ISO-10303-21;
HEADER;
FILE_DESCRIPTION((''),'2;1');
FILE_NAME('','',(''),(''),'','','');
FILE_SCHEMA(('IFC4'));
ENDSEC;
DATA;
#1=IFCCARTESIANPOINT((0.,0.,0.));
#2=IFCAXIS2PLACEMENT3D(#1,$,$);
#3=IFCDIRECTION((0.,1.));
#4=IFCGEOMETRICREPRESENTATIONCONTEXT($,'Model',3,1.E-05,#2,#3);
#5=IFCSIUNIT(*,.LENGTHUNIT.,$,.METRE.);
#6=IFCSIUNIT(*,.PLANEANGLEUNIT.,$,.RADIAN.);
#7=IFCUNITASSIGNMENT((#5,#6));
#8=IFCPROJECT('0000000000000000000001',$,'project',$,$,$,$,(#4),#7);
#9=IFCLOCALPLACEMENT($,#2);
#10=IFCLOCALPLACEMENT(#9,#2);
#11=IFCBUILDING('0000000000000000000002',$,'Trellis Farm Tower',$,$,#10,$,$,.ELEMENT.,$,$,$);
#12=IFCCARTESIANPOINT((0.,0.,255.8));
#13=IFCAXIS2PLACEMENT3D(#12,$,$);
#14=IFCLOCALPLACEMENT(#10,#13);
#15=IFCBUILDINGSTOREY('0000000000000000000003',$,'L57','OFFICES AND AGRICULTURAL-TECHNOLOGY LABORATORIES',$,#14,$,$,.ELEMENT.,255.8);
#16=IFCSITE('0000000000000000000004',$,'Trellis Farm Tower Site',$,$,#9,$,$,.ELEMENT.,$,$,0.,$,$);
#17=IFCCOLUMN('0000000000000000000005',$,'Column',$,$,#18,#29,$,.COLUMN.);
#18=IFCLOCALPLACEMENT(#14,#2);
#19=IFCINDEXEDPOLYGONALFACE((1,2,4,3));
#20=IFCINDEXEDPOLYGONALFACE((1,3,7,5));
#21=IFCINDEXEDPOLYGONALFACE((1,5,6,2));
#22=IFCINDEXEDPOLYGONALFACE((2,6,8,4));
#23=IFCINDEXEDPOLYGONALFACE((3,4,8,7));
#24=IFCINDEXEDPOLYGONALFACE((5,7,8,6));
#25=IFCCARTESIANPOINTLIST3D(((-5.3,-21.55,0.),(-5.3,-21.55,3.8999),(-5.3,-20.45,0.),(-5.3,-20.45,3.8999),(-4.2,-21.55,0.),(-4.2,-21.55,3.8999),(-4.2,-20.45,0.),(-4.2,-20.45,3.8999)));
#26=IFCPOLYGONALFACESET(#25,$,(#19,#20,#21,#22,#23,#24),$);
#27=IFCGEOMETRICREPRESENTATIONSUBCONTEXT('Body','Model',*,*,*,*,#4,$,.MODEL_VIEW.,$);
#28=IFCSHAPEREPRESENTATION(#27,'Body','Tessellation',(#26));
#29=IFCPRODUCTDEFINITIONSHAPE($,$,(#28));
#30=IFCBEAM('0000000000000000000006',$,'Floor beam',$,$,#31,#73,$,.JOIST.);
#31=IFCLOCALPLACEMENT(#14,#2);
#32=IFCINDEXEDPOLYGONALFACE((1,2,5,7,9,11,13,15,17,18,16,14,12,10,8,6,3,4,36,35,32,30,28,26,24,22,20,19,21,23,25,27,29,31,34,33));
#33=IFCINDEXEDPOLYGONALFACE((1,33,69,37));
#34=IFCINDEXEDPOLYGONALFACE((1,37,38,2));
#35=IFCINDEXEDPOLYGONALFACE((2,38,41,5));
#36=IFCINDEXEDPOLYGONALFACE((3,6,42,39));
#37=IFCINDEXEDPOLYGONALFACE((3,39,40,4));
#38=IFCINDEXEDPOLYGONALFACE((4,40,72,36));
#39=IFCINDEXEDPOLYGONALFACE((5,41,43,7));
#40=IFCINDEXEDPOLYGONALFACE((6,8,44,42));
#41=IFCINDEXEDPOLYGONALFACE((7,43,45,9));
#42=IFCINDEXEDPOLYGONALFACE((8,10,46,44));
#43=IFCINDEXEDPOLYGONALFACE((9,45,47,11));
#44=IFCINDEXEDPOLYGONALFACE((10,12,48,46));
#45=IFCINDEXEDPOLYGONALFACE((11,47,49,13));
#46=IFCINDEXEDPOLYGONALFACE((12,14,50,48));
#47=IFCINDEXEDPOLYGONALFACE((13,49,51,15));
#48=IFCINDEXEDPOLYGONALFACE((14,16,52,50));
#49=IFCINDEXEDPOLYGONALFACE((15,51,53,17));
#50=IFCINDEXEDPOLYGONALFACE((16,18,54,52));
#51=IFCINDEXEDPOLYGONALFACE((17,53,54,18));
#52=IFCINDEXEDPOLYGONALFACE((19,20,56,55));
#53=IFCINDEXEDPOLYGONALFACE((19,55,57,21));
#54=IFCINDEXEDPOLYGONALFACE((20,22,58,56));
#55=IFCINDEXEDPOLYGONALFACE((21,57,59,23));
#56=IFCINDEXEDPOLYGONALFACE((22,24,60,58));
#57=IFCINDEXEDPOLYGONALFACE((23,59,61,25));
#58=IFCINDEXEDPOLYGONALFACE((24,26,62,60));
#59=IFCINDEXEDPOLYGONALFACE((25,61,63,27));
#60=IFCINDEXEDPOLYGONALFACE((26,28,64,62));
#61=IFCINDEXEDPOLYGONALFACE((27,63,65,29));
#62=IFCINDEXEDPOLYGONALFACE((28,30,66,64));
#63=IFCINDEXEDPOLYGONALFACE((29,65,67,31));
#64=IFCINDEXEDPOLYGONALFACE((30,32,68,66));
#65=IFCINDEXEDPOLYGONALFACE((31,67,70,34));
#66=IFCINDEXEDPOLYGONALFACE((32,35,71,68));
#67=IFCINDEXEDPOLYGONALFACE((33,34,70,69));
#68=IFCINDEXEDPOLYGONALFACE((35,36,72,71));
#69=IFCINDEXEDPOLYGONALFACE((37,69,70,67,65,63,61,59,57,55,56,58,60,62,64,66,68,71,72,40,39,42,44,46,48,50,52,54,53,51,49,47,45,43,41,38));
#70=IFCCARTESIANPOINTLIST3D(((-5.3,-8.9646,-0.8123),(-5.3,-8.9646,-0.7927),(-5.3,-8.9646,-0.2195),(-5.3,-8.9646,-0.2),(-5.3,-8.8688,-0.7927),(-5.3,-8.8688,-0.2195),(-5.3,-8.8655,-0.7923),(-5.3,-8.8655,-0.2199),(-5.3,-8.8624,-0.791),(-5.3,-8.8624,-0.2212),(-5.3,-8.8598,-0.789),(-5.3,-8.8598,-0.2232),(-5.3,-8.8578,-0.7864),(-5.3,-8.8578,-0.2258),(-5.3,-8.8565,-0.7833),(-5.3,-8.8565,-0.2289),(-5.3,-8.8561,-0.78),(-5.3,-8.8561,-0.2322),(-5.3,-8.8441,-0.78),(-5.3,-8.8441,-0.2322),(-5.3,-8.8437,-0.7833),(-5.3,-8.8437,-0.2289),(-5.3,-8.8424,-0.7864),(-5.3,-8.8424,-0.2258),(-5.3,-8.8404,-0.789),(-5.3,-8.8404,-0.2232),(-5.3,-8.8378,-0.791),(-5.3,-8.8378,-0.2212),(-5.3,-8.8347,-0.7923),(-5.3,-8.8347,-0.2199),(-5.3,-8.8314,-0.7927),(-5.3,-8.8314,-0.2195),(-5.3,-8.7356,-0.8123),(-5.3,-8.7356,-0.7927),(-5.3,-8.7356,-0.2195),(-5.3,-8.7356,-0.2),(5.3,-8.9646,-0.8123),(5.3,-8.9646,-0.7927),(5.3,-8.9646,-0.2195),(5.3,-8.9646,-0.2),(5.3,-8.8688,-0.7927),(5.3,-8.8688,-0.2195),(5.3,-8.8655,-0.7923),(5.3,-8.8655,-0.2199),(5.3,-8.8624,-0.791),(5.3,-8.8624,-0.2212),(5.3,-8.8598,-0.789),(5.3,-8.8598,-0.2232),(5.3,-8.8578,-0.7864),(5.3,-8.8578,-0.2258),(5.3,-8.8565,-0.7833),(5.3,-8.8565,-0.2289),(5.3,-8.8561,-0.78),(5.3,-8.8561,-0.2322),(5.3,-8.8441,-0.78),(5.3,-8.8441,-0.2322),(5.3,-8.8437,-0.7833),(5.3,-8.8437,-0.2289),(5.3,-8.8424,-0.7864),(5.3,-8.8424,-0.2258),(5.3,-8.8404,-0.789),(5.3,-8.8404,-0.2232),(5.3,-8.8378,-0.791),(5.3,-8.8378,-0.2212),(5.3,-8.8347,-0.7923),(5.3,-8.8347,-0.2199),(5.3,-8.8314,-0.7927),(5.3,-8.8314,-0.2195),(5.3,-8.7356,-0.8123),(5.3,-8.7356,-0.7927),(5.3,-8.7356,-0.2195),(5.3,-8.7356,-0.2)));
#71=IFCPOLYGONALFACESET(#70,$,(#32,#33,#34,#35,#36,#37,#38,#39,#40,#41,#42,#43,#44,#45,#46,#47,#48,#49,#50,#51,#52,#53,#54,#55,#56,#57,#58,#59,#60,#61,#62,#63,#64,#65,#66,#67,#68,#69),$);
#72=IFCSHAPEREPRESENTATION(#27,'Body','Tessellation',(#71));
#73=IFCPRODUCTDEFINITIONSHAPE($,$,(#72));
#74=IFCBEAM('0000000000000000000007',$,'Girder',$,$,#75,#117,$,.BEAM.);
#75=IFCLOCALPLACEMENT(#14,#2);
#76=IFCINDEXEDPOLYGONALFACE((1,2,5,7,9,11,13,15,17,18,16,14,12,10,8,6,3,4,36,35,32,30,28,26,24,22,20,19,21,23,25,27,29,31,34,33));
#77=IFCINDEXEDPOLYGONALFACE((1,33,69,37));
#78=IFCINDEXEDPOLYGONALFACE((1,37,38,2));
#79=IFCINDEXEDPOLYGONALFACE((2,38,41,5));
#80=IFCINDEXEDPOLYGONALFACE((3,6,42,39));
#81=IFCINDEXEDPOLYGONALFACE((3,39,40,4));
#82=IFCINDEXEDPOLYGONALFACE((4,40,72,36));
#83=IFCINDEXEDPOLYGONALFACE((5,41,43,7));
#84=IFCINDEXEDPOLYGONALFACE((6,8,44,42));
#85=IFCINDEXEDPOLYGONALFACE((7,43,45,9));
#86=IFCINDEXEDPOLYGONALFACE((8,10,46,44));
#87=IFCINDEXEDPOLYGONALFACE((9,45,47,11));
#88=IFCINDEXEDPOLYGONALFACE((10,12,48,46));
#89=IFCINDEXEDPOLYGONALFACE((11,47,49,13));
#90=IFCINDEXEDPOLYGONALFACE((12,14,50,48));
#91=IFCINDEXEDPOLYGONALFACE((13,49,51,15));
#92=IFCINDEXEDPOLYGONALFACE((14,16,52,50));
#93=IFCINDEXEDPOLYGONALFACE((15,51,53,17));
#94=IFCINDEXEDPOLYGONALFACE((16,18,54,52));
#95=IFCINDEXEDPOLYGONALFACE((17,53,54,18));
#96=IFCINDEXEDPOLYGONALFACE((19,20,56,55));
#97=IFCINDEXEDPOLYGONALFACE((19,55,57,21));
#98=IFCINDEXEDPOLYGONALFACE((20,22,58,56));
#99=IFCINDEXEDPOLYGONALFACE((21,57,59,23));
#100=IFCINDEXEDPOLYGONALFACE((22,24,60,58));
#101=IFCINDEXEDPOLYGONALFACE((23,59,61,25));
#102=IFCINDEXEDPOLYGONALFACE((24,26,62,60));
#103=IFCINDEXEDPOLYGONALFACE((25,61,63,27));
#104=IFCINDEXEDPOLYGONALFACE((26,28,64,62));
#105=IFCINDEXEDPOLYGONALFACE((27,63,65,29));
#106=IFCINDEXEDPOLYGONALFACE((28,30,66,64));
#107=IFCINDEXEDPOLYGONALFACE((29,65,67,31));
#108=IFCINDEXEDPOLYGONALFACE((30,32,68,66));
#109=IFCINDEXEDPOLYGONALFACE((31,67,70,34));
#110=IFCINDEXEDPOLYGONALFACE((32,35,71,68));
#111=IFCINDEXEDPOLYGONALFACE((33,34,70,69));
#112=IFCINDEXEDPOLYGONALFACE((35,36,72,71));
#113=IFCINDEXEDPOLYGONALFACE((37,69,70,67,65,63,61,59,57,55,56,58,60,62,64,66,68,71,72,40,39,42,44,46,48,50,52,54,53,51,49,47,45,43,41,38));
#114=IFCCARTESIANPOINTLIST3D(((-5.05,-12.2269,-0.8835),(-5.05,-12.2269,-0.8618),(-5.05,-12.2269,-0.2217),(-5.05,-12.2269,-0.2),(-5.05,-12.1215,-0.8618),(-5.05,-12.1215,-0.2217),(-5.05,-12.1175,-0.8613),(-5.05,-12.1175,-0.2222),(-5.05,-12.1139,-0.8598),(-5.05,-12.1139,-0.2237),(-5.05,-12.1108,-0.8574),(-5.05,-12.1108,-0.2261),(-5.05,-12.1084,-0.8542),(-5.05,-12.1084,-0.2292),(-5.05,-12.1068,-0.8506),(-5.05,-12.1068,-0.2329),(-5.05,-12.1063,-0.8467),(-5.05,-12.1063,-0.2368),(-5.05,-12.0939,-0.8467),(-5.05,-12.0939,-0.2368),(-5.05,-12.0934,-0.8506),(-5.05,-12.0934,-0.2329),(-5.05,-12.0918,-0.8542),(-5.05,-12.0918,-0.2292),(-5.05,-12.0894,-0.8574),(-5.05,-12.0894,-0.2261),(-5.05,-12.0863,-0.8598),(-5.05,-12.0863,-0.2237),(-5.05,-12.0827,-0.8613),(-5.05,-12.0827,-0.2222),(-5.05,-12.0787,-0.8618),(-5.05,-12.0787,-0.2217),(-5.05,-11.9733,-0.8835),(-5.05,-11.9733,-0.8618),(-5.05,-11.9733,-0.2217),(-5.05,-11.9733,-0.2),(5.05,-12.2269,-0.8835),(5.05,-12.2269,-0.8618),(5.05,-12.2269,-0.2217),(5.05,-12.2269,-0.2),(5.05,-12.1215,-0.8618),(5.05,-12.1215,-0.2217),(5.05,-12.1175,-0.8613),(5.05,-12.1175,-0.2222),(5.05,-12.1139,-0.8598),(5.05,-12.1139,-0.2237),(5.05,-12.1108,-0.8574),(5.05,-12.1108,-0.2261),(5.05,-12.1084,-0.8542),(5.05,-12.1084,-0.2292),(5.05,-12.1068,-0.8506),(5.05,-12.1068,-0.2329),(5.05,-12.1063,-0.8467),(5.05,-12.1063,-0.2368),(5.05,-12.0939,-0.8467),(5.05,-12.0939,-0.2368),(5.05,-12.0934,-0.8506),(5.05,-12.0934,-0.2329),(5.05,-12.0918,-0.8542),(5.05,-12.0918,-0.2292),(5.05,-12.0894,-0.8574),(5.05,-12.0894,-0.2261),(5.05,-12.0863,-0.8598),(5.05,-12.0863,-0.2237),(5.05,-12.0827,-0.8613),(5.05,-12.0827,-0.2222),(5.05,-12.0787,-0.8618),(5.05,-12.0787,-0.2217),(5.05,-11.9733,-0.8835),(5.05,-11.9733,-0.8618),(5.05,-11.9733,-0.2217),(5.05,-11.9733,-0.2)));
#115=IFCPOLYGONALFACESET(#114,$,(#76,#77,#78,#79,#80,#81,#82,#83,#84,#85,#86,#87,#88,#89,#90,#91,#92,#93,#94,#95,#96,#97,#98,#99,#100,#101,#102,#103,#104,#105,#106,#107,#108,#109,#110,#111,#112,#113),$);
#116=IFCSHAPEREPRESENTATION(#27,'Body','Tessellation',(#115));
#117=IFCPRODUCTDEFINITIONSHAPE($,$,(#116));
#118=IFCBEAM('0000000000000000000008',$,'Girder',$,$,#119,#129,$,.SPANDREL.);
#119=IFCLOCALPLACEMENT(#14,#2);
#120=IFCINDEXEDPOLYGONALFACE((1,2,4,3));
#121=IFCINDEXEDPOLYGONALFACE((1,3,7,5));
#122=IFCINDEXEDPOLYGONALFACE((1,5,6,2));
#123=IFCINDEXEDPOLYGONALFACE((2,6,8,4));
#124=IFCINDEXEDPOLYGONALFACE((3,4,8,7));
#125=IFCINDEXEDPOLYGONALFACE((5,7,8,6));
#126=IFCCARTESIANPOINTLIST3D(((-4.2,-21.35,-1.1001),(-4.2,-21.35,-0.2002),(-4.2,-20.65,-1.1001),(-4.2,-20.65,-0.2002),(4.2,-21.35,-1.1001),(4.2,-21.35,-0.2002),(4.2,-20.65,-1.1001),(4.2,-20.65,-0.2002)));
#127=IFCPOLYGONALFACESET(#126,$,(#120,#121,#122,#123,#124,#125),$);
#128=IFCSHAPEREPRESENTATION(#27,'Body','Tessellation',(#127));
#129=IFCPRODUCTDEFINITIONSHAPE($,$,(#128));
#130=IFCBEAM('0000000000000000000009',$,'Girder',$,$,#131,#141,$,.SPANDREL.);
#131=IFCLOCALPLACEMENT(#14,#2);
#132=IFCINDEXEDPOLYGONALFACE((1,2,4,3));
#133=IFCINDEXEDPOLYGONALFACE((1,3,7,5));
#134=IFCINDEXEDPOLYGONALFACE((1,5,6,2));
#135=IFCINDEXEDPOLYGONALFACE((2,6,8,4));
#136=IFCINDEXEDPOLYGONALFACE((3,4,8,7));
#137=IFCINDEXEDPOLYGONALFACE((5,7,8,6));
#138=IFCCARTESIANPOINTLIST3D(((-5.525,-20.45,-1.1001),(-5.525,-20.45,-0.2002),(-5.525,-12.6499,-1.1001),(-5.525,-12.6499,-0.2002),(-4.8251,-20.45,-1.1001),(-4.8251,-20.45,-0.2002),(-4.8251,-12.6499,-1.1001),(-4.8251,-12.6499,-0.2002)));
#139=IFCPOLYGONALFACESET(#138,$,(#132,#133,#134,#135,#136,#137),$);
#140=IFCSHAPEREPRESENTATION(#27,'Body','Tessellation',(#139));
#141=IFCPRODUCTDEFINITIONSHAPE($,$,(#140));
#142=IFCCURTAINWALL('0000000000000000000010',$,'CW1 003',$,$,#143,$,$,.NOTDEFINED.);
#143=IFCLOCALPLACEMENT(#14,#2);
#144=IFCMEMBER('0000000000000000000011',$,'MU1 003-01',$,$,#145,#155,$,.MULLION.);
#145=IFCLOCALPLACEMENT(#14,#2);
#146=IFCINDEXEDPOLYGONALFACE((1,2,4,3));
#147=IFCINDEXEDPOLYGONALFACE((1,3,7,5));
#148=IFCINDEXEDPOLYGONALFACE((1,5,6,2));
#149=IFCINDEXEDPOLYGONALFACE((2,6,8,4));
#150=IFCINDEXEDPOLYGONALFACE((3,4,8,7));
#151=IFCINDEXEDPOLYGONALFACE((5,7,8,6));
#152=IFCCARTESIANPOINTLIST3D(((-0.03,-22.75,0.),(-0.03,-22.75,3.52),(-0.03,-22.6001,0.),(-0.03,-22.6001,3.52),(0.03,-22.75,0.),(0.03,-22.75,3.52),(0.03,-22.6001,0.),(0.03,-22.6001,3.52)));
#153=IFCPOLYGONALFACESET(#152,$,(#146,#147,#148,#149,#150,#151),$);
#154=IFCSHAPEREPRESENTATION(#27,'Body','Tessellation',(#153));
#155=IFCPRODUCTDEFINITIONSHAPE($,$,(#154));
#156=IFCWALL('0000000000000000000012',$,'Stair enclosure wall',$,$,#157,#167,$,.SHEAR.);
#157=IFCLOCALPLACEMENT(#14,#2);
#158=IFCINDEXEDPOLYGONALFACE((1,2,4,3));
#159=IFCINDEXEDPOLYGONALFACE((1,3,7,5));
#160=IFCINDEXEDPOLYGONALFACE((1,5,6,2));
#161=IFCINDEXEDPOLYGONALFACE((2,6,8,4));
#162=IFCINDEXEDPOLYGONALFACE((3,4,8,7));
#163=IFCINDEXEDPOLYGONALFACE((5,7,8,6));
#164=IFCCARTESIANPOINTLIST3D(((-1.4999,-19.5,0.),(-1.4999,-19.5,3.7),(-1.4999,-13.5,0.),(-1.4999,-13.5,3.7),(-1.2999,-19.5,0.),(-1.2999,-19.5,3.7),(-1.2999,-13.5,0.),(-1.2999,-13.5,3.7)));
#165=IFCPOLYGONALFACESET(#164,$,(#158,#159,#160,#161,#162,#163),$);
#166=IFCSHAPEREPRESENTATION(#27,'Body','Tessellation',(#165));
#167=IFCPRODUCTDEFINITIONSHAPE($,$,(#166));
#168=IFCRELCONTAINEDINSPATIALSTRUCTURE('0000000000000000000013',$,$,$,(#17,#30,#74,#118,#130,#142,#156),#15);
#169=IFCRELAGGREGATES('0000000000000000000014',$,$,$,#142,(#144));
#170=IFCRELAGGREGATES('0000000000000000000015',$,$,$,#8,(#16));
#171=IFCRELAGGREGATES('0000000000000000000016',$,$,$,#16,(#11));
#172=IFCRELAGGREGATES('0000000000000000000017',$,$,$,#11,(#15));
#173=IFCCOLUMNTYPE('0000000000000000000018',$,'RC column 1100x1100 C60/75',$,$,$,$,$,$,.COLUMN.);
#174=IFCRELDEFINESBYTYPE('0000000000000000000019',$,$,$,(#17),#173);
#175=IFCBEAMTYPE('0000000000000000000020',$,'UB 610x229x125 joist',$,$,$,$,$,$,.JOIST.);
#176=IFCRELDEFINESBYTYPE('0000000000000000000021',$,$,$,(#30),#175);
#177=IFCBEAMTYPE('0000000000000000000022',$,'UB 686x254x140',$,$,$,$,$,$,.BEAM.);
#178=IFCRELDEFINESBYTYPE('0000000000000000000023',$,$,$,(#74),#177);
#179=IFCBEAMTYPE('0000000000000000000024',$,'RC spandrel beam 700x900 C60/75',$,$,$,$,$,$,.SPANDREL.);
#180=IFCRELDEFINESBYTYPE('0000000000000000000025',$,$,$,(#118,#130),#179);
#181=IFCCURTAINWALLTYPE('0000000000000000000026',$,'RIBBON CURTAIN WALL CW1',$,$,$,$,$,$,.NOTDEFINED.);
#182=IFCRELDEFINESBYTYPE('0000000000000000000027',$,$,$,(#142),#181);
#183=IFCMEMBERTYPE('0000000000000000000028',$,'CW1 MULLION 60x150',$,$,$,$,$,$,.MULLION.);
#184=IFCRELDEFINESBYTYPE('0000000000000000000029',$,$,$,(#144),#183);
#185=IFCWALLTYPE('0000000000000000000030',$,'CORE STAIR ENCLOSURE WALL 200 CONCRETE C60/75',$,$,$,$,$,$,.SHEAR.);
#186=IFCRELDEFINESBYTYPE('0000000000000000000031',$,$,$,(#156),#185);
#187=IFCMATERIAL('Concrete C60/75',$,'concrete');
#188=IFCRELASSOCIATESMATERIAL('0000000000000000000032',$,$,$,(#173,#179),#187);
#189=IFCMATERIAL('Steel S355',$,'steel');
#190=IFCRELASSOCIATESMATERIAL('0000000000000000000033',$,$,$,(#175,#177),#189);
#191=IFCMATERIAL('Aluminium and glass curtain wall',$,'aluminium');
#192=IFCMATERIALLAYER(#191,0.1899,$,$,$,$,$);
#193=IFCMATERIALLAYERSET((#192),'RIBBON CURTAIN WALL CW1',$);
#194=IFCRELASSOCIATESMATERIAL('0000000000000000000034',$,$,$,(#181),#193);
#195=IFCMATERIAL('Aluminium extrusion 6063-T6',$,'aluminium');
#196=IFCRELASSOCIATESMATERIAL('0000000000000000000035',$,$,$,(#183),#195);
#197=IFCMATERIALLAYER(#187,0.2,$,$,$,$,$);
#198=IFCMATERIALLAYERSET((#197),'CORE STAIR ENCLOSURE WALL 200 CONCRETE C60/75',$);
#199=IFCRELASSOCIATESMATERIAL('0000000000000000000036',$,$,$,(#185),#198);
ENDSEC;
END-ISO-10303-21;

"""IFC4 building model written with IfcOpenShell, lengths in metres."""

from ifc_helpers import new_model, si_unit, direction, frame, frame_2d, origin, origin_2d, place, context, subcontext, project, spatial, rectangle, i_section, extrude, source, transform, mapped, material, layer, layer_set, material_profile, profile_set, type_object, element, aggregate, save


model = new_model("IFC4")

# Units and contexts
model_context = context("Model", 3, precision=1e-05, world=origin(), true_north=direction((0.0, 1.0)))
body_context = subcontext(model_context, "Body", "Model", "MODEL_VIEW")
ifc_project = project(units=[si_unit("LENGTHUNIT", "METRE"), si_unit("PLANEANGLEUNIT", "RADIAN")], contexts=[model_context])

# Site, building, storey
site_placement = place(None, origin())
site = spatial("IfcSite", under=ifc_project, at=site_placement, Name="Trellis Farm Tower Site", CompositionType="ELEMENT", RefElevation=0.0)
building_placement = place(site_placement, origin())
building = spatial("IfcBuilding", under=site, at=building_placement, Name="Trellis Farm Tower", CompositionType="ELEMENT")
storey_placement = place(building_placement, frame((0.0, 0.0, 255.8)))
storey = spatial("IfcBuildingStorey", under=building, at=storey_placement, Name="L57", Description="OFFICES AND AGRICULTURAL-TECHNOLOGY LABORATORIES", CompositionType="ELEMENT", Elevation=255.8)

# Column
ifc_material_1 = material(Name="Concrete C60/75", Category="concrete")
ifc_material_profile_1 = material_profile(ifc_material_1, rectangle(XDim=1.1001, YDim=1.1001, at=origin_2d()), Name="RC column 1100x1100 C60/75")
ifc_profile_set_1 = profile_set([ifc_material_profile_1], Name="Concrete C60/75")
column_type = type_object("IfcColumnType", Name="RC column 1100x1100 C60/75", PredefinedType="COLUMN", material=ifc_profile_set_1)
shared_shape_1 = source(origin(), body_context, "Body", "SweptSolid", [
    extrude(rectangle(XDim=1.1001, YDim=1.1001, at=origin_2d()), origin(), (0.0, 0.0, 1.0), 3.8999),
])
column_placement = place(storey_placement, frame((-4.75, -21.0, 0.0), z_axis=(0.0, 0.0, 1.0), x_axis=(1.0, 0.0, 0.0)))
element("IfcColumn", 1, at=column_placement, inside=storey, type_object=column_type, Name="Column", PredefinedType="COLUMN", context=body_context, shape_type="MappedRepresentation", body=[
    mapped(shared_shape_1, transform((0.0, 0.0, 0.0))),
])

# Beams
ifc_material_2 = material(Name="Steel S355", Category="steel")
ifc_material_profile_2 = material_profile(ifc_material_2, i_section(OverallWidth=0.229, OverallDepth=0.6123, WebThickness=0.012, FlangeThickness=0.0195, FilletRadius=0.0127, at=origin_2d()), Name="UB 610x229x125")
ifc_profile_set_2 = profile_set([ifc_material_profile_2], Name="Steel S355")
beam_type_1 = type_object("IfcBeamType", Name="UB 610x229x125 joist", PredefinedType="JOIST", material=ifc_profile_set_2)
shared_shape_2 = source(origin(), body_context, "Body", "SweptSolid", [
    extrude(i_section(OverallWidth=0.229, OverallDepth=0.6123, WebThickness=0.012, FlangeThickness=0.0195, FilletRadius=0.0127, at=origin_2d()), origin(), (0.0, 0.0, 1.0), 10.6001),
])
beam_1_placement = place(storey_placement, frame((-5.3, -8.8501, -0.5061), z_axis=(1.0, 0.0, 0.0), x_axis=(0.0, 1.0, 0.0)))
element("IfcBeam", 2, at=beam_1_placement, inside=storey, type_object=beam_type_1, Name="Floor beam", PredefinedType="JOIST", context=body_context, shape_type="MappedRepresentation", body=[
    mapped(shared_shape_2, transform((0.0, 0.0, 0.0))),
])
ifc_material_profile_3 = material_profile(ifc_material_2, i_section(OverallWidth=0.2537, OverallDepth=0.6836, WebThickness=0.0125, FlangeThickness=0.0217, FilletRadius=0.0151, at=origin_2d()), Name="UB 686x254x140")
ifc_profile_set_3 = profile_set([ifc_material_profile_3], Name="Steel S355")
beam_type_2 = type_object("IfcBeamType", Name="UB 686x254x140", PredefinedType="BEAM", material=ifc_profile_set_3)
shared_shape_3 = source(origin(), body_context, "Body", "SweptSolid", [
    extrude(i_section(OverallWidth=0.2537, OverallDepth=0.6836, WebThickness=0.0125, FlangeThickness=0.0217, FilletRadius=0.0151, at=origin_2d()), origin(), (0.0, 0.0, 1.0), 10.1001),
])
beam_2_placement = place(storey_placement, frame((-5.05, -12.1001, -0.5417), z_axis=(1.0, 0.0, 0.0), x_axis=(0.0, 1.0, 0.0)))
element("IfcBeam", 3, at=beam_2_placement, inside=storey, type_object=beam_type_2, Name="Girder", PredefinedType="BEAM", context=body_context, shape_type="MappedRepresentation", body=[
    mapped(shared_shape_3, transform((0.0, 0.0, 0.0))),
])
ifc_material_profile_4 = material_profile(ifc_material_1, rectangle(XDim=0.7, YDim=0.8999, at=origin_2d()), Name="RC spandrel beam 700x900 C60/75")
ifc_profile_set_4 = profile_set([ifc_material_profile_4], Name="Concrete C60/75")
beam_type_3 = type_object("IfcBeamType", Name="RC spandrel beam 700x900 C60/75", PredefinedType="SPANDREL", material=ifc_profile_set_4)
shared_shape_4 = source(origin(), body_context, "Body", "SweptSolid", [
    extrude(rectangle(XDim=0.7, YDim=0.8999, at=origin_2d()), origin(), (0.0, 0.0, 1.0), 8.3999),
])
beam_3_placement = place(storey_placement, frame((-4.2, -21.0, -0.6501), z_axis=(1.0, 0.0, 0.0), x_axis=(0.0, 1.0, 0.0)))
element("IfcBeam", 4, at=beam_3_placement, inside=storey, type_object=beam_type_3, Name="Girder", PredefinedType="SPANDREL", context=body_context, shape_type="MappedRepresentation", body=[
    mapped(shared_shape_4, transform((0.0, 0.0, 0.0))),
])
shared_shape_5 = source(origin(), body_context, "Body", "SweptSolid", [
    extrude(rectangle(XDim=0.7, YDim=0.8999, at=origin_2d()), origin(), (0.0, 0.0, 1.0), 7.8),
])
beam_4_placement = place(storey_placement, frame((-5.175, -20.45, -0.6501), z_axis=(0.0, 1.0, 0.0), x_axis=(-1.0, 0.0, 0.0)))
element("IfcBeam", 5, at=beam_4_placement, inside=storey, type_object=beam_type_3, Name="Girder", PredefinedType="SPANDREL", context=body_context, shape_type="MappedRepresentation", body=[
    mapped(shared_shape_5, transform((0.0, 0.0, 0.0))),
])

# Curtain wall, member
ifc_material_3 = material(Name="Aluminium and glass curtain wall", Category="aluminium")
ifc_layer_1 = layer(ifc_material_3, 0.1899)
ifc_layer_set_1 = layer_set([ifc_layer_1], Name="RIBBON CURTAIN WALL CW1")
curtain_wall_type = type_object("IfcCurtainWallType", Name="RIBBON CURTAIN WALL CW1", PredefinedType="NOTDEFINED", material=ifc_layer_set_1)
placement = place(storey_placement, origin())
curtain_wall = element("IfcCurtainWall", 6, at=placement, inside=storey, type_object=curtain_wall_type, Name="CW1 003", PredefinedType="NOTDEFINED")
ifc_material_4 = material(Name="Aluminium extrusion 6063-T6", Category="aluminium")
ifc_material_profile_5 = material_profile(ifc_material_4, rectangle(XDim=0.0601, YDim=0.1499, at=origin_2d()), Name="MULLION 60x150")
ifc_profile_set_5 = profile_set([ifc_material_profile_5], Name="Aluminium extrusion 6063-T6")
member_type = type_object("IfcMemberType", Name="CW1 MULLION 60x150", PredefinedType="MULLION", material=ifc_profile_set_5)
shared_shape_6 = source(origin(), body_context, "Body", "SweptSolid", [
    extrude(rectangle(XDim=0.0601, YDim=0.1499, at=origin_2d()), origin(), (0.0, 0.0, 1.0), 3.52),
])
member_placement = place(storey_placement, frame((0.0, -22.675, 0.0), z_axis=(0.0, 0.0, 1.0), x_axis=(1.0, 0.0, 0.0)))
member = element("IfcMember", 7, at=member_placement, type_object=member_type, Name="MU1 003-01", PredefinedType="MULLION", context=body_context, shape_type="MappedRepresentation", body=[
    mapped(shared_shape_6, transform((0.0, 0.0, 0.0))),
])
aggregate(curtain_wall, [member])

# Wall
ifc_layer_2 = layer(ifc_material_1, 0.2)
ifc_layer_set_2 = layer_set([ifc_layer_2], Name="CORE STAIR ENCLOSURE WALL 200 CONCRETE C60/75")
wall_type_1 = type_object("IfcWallType", Name="CORE STAIR ENCLOSURE WALL 200 CONCRETE C60/75", PredefinedType="SHEAR", material=ifc_layer_set_2)
shared_shape_7 = source(origin(), body_context, "Body", "SweptSolid", [
    extrude(rectangle(XDim=6.0, YDim=0.2, at=frame_2d((3.0, 0.0))), origin(), (0.0, 0.0, 1.0), 3.7),
])
wall_1_placement = place(storey_placement, frame((-1.3999, -13.5, 0.0), z_axis=(0.0, 0.0, 1.0), x_axis=(0.0, -1.0, 0.0)))
element("IfcWall", 8, at=wall_1_placement, inside=storey, type_object=wall_type_1, Name="Stair enclosure wall", PredefinedType="SHEAR", context=body_context, shape_type="MappedRepresentation", body=[
    mapped(shared_shape_7, transform((0.0, 0.0, 0.0))),
])

save(model, "model.ifc")
